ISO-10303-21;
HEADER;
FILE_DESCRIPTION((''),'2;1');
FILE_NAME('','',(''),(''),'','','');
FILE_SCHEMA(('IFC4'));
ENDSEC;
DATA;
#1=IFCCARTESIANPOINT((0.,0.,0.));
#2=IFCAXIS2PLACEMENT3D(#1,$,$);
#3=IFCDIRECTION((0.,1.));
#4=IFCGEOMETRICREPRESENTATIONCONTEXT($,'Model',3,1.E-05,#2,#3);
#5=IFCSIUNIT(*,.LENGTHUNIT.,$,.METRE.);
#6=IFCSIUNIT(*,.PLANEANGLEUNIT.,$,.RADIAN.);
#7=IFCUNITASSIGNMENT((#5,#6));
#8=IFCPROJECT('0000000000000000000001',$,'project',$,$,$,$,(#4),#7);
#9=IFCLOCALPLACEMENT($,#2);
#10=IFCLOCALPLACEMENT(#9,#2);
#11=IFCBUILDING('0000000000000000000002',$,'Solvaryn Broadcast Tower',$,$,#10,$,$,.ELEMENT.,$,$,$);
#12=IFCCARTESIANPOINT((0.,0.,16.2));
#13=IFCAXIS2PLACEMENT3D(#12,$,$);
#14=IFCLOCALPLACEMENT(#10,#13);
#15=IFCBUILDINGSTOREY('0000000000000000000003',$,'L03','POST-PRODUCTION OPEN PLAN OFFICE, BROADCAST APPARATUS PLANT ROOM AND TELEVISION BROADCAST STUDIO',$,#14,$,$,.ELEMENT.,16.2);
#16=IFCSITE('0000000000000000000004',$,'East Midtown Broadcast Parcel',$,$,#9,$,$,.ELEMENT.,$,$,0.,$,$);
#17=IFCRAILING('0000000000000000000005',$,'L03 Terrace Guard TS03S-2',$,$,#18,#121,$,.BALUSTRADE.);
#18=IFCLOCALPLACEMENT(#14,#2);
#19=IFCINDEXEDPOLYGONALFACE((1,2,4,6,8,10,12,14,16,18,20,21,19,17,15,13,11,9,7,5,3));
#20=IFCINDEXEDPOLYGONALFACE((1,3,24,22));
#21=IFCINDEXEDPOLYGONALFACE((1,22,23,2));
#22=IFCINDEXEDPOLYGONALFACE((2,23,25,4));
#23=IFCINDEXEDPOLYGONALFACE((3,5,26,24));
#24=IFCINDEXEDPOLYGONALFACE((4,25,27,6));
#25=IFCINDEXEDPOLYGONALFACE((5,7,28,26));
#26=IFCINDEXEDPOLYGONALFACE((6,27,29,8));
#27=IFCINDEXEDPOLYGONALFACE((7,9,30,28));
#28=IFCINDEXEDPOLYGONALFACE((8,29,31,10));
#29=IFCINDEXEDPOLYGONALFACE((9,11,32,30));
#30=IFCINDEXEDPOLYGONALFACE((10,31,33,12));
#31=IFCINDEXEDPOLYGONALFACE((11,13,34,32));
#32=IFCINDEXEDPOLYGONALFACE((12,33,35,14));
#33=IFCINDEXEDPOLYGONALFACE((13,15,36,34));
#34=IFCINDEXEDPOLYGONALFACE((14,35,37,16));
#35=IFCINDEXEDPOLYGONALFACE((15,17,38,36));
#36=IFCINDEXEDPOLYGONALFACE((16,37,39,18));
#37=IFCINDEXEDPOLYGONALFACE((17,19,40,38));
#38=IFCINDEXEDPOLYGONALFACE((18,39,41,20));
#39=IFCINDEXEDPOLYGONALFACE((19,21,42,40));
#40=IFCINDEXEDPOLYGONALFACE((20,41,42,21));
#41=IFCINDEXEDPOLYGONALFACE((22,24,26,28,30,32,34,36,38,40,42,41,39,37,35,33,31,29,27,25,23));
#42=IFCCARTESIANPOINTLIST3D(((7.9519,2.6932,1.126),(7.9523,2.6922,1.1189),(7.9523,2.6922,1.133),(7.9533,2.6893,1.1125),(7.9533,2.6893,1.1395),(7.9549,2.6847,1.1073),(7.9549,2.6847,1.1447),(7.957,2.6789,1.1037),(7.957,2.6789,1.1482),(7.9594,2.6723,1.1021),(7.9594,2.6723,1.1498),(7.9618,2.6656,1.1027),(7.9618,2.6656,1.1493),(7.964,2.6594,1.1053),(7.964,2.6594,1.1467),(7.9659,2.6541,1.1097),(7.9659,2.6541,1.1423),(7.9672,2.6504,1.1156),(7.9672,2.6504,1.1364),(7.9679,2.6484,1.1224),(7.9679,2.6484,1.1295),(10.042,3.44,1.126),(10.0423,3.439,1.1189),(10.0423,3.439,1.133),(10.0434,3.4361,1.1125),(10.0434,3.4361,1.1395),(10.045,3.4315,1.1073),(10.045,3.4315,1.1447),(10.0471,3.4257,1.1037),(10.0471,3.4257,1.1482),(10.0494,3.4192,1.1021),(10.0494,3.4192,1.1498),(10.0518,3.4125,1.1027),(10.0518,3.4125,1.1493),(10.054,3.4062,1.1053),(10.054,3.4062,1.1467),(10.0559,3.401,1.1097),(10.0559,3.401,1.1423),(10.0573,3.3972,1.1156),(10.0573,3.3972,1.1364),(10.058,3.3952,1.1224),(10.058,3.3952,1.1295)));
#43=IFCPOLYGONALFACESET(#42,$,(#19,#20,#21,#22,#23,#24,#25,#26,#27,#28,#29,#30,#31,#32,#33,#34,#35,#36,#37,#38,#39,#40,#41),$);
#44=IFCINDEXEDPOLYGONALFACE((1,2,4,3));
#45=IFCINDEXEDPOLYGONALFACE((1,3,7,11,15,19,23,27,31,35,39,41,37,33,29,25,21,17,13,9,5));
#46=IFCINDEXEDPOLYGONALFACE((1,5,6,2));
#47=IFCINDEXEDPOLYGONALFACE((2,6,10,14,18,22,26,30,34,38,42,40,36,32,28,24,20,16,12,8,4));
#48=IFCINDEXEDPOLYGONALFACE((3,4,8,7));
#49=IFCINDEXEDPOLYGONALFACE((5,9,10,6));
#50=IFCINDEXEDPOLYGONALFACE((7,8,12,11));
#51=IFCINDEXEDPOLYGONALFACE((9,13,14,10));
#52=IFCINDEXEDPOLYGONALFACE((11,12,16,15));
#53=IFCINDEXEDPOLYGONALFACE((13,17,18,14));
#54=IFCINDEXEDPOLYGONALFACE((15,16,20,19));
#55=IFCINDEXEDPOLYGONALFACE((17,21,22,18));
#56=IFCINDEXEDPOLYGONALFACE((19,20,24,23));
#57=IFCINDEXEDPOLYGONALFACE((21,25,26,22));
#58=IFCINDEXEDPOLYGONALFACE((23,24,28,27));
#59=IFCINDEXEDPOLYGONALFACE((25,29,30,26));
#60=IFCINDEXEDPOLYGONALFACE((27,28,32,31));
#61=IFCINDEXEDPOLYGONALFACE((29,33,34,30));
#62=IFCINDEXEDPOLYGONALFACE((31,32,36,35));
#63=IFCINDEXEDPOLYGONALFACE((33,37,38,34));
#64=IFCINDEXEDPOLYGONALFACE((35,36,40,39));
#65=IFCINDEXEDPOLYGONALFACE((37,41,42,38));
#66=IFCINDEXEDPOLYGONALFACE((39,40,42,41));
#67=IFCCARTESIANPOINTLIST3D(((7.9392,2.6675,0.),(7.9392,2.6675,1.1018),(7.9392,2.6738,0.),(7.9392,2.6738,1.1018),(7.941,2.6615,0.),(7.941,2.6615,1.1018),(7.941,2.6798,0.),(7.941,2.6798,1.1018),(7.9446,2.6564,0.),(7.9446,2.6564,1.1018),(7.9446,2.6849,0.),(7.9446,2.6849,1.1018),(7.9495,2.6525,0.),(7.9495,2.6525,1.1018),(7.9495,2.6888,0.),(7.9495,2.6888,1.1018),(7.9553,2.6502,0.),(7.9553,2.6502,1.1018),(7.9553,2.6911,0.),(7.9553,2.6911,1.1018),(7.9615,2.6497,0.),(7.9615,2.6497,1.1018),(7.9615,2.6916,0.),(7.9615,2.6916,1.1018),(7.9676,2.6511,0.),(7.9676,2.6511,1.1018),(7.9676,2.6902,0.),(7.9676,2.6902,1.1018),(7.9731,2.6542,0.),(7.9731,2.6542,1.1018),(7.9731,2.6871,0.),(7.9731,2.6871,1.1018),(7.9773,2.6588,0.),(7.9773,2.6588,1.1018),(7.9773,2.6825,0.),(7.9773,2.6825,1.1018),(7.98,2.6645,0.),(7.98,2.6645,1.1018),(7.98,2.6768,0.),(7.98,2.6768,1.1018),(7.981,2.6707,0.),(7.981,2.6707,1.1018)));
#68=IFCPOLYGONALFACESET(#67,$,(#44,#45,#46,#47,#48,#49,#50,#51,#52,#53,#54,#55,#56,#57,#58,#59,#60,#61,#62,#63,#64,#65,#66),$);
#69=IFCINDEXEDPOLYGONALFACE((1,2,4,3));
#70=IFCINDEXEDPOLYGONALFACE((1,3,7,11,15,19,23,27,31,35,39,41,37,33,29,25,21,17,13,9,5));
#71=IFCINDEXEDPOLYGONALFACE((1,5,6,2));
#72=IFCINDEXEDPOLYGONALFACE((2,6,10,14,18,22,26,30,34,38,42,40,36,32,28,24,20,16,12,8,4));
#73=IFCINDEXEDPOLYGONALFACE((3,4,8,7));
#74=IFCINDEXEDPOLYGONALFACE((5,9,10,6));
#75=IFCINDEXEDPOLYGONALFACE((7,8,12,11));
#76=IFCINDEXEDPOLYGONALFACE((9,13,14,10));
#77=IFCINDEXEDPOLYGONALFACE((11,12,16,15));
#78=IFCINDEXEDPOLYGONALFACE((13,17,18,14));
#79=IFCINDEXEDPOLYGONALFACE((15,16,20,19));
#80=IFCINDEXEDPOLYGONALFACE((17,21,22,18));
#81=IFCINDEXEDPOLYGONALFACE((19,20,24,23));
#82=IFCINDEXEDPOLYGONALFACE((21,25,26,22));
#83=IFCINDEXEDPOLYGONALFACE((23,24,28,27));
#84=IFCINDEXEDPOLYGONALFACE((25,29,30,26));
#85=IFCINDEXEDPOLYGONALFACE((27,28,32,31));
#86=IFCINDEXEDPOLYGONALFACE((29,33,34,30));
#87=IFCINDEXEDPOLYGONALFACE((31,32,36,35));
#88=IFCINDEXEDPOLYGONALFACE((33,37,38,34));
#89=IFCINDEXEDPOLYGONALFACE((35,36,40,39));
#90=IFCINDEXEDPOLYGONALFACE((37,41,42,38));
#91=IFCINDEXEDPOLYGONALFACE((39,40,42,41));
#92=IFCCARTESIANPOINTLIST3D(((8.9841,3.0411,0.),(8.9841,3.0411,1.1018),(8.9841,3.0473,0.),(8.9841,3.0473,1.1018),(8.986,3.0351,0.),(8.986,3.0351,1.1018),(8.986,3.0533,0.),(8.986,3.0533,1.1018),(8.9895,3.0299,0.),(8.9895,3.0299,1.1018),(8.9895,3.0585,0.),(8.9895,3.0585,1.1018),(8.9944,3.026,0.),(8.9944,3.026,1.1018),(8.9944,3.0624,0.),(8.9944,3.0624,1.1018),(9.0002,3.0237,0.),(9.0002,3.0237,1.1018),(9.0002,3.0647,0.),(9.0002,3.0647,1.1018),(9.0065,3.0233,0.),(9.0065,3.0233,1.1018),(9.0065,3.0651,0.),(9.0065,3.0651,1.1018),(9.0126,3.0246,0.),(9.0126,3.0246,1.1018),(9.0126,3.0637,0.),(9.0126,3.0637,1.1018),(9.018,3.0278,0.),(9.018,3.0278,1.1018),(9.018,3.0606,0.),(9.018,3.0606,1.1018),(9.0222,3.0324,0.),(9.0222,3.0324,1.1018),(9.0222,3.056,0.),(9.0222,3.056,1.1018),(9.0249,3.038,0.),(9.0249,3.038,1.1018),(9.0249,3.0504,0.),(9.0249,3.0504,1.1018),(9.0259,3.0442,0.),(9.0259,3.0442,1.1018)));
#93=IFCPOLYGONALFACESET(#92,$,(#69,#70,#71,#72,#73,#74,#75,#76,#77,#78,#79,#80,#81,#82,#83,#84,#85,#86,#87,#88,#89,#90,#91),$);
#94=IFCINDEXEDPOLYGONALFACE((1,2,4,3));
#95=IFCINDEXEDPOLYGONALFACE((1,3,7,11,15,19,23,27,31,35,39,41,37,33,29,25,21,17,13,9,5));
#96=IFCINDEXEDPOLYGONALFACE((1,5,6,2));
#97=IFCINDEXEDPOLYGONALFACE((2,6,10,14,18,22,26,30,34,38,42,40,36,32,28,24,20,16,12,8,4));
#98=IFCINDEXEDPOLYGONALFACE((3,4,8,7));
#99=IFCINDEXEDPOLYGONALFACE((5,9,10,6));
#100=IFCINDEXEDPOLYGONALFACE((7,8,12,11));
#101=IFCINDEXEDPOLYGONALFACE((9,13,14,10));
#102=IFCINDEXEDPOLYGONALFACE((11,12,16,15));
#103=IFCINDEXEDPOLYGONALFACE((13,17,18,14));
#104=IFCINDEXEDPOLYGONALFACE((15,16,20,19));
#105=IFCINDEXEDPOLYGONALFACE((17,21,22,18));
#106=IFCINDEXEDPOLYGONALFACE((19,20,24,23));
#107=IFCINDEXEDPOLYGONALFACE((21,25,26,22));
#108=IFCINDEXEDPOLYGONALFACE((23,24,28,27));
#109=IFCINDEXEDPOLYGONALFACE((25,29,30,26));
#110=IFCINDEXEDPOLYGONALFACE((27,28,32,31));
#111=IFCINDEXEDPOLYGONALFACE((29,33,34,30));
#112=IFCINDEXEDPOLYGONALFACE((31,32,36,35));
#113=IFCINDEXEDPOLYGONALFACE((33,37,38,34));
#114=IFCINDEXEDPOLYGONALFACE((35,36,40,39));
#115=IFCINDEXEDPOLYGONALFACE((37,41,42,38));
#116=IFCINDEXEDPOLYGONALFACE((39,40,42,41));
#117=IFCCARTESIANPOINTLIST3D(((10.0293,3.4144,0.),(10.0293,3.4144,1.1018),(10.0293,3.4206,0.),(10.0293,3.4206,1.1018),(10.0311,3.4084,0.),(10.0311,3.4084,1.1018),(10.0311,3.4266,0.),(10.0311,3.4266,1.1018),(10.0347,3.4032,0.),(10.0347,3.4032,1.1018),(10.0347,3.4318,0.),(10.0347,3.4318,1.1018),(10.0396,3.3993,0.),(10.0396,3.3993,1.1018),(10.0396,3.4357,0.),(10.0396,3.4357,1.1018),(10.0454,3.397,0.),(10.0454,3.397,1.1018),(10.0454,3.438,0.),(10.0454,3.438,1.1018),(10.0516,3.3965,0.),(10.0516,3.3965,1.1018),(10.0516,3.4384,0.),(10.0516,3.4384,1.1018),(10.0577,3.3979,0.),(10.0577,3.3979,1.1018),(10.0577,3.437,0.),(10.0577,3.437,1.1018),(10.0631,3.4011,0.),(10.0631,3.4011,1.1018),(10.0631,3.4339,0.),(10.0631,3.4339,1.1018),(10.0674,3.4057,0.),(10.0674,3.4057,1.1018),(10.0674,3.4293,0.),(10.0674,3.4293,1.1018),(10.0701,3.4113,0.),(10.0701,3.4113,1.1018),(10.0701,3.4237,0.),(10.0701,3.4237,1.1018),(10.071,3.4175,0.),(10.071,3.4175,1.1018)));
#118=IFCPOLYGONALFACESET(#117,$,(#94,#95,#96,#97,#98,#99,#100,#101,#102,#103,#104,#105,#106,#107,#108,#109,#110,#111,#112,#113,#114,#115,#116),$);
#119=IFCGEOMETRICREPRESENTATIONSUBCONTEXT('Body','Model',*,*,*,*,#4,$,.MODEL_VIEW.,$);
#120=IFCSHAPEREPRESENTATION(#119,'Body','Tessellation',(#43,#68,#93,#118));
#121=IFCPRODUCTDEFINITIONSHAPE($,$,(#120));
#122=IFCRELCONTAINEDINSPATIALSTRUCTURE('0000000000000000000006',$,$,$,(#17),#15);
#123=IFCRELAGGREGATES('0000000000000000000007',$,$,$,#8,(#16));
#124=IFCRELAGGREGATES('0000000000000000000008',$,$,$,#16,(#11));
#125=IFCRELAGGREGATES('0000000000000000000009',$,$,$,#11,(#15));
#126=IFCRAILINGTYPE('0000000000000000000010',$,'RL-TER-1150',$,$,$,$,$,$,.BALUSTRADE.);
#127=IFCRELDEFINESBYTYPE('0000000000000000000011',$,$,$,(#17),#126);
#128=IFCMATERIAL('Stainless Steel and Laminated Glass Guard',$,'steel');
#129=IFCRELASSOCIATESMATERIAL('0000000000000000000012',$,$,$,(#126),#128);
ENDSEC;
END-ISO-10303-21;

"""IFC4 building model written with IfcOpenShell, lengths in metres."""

from ifc_helpers import new_model, si_unit, direction, frame, origin, origin_2d, place, context, subcontext, project, spatial, circle, extrude, material, type_object, element, save


model = new_model("IFC4")

# Units and contexts
model_context = context("Model", 3, precision=1e-05, world=origin(), true_north=direction((0.0, 1.0)))
body_context = subcontext(model_context, "Body", "Model", "MODEL_VIEW")
ifc_project = project(units=[si_unit("LENGTHUNIT", "METRE"), si_unit("PLANEANGLEUNIT", "RADIAN")], contexts=[model_context])

# Site, building, storey
site_placement = place(None, origin())
site = spatial("IfcSite", under=ifc_project, at=site_placement, Name="East Midtown Broadcast Parcel", CompositionType="ELEMENT", RefElevation=0.0)
building_placement = place(site_placement, origin())
building = spatial("IfcBuilding", under=site, at=building_placement, Name="Solvaryn Broadcast Tower", CompositionType="ELEMENT")
storey_placement = place(building_placement, frame((0.0, 0.0, 16.2)))
storey = spatial("IfcBuildingStorey", under=building, at=storey_placement, Name="L03", Description="POST-PRODUCTION OPEN PLAN OFFICE, BROADCAST APPARATUS PLANT ROOM AND TELEVISION BROADCAST STUDIO", CompositionType="ELEMENT", Elevation=16.2)

# Railing
ifc_material_1 = material(Name="Stainless Steel and Laminated Glass Guard", Category="steel")
railing_type = type_object("IfcRailingType", Name="RL-TER-1150", PredefinedType="BALUSTRADE", material=ifc_material_1)
railing_1_placement = place(storey_placement, frame((7.96, 2.6707, 0.0)))
element("IfcRailing", 1, at=railing_1_placement, inside=storey, type_object=railing_type, Name="L03 Terrace Guard TS03S-2", PredefinedType="BALUSTRADE", context=body_context, shape_type="SweptSolid", body=[
    extrude(circle(Radius=0.0239, at=origin_2d()), frame((0.0, 0.0, 1.126), z_axis=(0.94169, 0.336483, 0.0), x_axis=(-0.336483, 0.94169, 0.0)), (0.0, 0.0, 1.0), 2.2195),
    extrude(circle(Radius=0.021, at=origin_2d()), origin(), (0.0, 0.0, 1.0), 1.1018),
    extrude(circle(Radius=0.021, at=origin_2d()), frame((1.0449, 0.3735, 0.0)), (0.0, 0.0, 1.0), 1.1018),
    extrude(circle(Radius=0.021, at=origin_2d()), frame((2.0901, 0.7468, 0.0)), (0.0, 0.0, 1.0), 1.1018),
])

save(model, "model.ifc")
